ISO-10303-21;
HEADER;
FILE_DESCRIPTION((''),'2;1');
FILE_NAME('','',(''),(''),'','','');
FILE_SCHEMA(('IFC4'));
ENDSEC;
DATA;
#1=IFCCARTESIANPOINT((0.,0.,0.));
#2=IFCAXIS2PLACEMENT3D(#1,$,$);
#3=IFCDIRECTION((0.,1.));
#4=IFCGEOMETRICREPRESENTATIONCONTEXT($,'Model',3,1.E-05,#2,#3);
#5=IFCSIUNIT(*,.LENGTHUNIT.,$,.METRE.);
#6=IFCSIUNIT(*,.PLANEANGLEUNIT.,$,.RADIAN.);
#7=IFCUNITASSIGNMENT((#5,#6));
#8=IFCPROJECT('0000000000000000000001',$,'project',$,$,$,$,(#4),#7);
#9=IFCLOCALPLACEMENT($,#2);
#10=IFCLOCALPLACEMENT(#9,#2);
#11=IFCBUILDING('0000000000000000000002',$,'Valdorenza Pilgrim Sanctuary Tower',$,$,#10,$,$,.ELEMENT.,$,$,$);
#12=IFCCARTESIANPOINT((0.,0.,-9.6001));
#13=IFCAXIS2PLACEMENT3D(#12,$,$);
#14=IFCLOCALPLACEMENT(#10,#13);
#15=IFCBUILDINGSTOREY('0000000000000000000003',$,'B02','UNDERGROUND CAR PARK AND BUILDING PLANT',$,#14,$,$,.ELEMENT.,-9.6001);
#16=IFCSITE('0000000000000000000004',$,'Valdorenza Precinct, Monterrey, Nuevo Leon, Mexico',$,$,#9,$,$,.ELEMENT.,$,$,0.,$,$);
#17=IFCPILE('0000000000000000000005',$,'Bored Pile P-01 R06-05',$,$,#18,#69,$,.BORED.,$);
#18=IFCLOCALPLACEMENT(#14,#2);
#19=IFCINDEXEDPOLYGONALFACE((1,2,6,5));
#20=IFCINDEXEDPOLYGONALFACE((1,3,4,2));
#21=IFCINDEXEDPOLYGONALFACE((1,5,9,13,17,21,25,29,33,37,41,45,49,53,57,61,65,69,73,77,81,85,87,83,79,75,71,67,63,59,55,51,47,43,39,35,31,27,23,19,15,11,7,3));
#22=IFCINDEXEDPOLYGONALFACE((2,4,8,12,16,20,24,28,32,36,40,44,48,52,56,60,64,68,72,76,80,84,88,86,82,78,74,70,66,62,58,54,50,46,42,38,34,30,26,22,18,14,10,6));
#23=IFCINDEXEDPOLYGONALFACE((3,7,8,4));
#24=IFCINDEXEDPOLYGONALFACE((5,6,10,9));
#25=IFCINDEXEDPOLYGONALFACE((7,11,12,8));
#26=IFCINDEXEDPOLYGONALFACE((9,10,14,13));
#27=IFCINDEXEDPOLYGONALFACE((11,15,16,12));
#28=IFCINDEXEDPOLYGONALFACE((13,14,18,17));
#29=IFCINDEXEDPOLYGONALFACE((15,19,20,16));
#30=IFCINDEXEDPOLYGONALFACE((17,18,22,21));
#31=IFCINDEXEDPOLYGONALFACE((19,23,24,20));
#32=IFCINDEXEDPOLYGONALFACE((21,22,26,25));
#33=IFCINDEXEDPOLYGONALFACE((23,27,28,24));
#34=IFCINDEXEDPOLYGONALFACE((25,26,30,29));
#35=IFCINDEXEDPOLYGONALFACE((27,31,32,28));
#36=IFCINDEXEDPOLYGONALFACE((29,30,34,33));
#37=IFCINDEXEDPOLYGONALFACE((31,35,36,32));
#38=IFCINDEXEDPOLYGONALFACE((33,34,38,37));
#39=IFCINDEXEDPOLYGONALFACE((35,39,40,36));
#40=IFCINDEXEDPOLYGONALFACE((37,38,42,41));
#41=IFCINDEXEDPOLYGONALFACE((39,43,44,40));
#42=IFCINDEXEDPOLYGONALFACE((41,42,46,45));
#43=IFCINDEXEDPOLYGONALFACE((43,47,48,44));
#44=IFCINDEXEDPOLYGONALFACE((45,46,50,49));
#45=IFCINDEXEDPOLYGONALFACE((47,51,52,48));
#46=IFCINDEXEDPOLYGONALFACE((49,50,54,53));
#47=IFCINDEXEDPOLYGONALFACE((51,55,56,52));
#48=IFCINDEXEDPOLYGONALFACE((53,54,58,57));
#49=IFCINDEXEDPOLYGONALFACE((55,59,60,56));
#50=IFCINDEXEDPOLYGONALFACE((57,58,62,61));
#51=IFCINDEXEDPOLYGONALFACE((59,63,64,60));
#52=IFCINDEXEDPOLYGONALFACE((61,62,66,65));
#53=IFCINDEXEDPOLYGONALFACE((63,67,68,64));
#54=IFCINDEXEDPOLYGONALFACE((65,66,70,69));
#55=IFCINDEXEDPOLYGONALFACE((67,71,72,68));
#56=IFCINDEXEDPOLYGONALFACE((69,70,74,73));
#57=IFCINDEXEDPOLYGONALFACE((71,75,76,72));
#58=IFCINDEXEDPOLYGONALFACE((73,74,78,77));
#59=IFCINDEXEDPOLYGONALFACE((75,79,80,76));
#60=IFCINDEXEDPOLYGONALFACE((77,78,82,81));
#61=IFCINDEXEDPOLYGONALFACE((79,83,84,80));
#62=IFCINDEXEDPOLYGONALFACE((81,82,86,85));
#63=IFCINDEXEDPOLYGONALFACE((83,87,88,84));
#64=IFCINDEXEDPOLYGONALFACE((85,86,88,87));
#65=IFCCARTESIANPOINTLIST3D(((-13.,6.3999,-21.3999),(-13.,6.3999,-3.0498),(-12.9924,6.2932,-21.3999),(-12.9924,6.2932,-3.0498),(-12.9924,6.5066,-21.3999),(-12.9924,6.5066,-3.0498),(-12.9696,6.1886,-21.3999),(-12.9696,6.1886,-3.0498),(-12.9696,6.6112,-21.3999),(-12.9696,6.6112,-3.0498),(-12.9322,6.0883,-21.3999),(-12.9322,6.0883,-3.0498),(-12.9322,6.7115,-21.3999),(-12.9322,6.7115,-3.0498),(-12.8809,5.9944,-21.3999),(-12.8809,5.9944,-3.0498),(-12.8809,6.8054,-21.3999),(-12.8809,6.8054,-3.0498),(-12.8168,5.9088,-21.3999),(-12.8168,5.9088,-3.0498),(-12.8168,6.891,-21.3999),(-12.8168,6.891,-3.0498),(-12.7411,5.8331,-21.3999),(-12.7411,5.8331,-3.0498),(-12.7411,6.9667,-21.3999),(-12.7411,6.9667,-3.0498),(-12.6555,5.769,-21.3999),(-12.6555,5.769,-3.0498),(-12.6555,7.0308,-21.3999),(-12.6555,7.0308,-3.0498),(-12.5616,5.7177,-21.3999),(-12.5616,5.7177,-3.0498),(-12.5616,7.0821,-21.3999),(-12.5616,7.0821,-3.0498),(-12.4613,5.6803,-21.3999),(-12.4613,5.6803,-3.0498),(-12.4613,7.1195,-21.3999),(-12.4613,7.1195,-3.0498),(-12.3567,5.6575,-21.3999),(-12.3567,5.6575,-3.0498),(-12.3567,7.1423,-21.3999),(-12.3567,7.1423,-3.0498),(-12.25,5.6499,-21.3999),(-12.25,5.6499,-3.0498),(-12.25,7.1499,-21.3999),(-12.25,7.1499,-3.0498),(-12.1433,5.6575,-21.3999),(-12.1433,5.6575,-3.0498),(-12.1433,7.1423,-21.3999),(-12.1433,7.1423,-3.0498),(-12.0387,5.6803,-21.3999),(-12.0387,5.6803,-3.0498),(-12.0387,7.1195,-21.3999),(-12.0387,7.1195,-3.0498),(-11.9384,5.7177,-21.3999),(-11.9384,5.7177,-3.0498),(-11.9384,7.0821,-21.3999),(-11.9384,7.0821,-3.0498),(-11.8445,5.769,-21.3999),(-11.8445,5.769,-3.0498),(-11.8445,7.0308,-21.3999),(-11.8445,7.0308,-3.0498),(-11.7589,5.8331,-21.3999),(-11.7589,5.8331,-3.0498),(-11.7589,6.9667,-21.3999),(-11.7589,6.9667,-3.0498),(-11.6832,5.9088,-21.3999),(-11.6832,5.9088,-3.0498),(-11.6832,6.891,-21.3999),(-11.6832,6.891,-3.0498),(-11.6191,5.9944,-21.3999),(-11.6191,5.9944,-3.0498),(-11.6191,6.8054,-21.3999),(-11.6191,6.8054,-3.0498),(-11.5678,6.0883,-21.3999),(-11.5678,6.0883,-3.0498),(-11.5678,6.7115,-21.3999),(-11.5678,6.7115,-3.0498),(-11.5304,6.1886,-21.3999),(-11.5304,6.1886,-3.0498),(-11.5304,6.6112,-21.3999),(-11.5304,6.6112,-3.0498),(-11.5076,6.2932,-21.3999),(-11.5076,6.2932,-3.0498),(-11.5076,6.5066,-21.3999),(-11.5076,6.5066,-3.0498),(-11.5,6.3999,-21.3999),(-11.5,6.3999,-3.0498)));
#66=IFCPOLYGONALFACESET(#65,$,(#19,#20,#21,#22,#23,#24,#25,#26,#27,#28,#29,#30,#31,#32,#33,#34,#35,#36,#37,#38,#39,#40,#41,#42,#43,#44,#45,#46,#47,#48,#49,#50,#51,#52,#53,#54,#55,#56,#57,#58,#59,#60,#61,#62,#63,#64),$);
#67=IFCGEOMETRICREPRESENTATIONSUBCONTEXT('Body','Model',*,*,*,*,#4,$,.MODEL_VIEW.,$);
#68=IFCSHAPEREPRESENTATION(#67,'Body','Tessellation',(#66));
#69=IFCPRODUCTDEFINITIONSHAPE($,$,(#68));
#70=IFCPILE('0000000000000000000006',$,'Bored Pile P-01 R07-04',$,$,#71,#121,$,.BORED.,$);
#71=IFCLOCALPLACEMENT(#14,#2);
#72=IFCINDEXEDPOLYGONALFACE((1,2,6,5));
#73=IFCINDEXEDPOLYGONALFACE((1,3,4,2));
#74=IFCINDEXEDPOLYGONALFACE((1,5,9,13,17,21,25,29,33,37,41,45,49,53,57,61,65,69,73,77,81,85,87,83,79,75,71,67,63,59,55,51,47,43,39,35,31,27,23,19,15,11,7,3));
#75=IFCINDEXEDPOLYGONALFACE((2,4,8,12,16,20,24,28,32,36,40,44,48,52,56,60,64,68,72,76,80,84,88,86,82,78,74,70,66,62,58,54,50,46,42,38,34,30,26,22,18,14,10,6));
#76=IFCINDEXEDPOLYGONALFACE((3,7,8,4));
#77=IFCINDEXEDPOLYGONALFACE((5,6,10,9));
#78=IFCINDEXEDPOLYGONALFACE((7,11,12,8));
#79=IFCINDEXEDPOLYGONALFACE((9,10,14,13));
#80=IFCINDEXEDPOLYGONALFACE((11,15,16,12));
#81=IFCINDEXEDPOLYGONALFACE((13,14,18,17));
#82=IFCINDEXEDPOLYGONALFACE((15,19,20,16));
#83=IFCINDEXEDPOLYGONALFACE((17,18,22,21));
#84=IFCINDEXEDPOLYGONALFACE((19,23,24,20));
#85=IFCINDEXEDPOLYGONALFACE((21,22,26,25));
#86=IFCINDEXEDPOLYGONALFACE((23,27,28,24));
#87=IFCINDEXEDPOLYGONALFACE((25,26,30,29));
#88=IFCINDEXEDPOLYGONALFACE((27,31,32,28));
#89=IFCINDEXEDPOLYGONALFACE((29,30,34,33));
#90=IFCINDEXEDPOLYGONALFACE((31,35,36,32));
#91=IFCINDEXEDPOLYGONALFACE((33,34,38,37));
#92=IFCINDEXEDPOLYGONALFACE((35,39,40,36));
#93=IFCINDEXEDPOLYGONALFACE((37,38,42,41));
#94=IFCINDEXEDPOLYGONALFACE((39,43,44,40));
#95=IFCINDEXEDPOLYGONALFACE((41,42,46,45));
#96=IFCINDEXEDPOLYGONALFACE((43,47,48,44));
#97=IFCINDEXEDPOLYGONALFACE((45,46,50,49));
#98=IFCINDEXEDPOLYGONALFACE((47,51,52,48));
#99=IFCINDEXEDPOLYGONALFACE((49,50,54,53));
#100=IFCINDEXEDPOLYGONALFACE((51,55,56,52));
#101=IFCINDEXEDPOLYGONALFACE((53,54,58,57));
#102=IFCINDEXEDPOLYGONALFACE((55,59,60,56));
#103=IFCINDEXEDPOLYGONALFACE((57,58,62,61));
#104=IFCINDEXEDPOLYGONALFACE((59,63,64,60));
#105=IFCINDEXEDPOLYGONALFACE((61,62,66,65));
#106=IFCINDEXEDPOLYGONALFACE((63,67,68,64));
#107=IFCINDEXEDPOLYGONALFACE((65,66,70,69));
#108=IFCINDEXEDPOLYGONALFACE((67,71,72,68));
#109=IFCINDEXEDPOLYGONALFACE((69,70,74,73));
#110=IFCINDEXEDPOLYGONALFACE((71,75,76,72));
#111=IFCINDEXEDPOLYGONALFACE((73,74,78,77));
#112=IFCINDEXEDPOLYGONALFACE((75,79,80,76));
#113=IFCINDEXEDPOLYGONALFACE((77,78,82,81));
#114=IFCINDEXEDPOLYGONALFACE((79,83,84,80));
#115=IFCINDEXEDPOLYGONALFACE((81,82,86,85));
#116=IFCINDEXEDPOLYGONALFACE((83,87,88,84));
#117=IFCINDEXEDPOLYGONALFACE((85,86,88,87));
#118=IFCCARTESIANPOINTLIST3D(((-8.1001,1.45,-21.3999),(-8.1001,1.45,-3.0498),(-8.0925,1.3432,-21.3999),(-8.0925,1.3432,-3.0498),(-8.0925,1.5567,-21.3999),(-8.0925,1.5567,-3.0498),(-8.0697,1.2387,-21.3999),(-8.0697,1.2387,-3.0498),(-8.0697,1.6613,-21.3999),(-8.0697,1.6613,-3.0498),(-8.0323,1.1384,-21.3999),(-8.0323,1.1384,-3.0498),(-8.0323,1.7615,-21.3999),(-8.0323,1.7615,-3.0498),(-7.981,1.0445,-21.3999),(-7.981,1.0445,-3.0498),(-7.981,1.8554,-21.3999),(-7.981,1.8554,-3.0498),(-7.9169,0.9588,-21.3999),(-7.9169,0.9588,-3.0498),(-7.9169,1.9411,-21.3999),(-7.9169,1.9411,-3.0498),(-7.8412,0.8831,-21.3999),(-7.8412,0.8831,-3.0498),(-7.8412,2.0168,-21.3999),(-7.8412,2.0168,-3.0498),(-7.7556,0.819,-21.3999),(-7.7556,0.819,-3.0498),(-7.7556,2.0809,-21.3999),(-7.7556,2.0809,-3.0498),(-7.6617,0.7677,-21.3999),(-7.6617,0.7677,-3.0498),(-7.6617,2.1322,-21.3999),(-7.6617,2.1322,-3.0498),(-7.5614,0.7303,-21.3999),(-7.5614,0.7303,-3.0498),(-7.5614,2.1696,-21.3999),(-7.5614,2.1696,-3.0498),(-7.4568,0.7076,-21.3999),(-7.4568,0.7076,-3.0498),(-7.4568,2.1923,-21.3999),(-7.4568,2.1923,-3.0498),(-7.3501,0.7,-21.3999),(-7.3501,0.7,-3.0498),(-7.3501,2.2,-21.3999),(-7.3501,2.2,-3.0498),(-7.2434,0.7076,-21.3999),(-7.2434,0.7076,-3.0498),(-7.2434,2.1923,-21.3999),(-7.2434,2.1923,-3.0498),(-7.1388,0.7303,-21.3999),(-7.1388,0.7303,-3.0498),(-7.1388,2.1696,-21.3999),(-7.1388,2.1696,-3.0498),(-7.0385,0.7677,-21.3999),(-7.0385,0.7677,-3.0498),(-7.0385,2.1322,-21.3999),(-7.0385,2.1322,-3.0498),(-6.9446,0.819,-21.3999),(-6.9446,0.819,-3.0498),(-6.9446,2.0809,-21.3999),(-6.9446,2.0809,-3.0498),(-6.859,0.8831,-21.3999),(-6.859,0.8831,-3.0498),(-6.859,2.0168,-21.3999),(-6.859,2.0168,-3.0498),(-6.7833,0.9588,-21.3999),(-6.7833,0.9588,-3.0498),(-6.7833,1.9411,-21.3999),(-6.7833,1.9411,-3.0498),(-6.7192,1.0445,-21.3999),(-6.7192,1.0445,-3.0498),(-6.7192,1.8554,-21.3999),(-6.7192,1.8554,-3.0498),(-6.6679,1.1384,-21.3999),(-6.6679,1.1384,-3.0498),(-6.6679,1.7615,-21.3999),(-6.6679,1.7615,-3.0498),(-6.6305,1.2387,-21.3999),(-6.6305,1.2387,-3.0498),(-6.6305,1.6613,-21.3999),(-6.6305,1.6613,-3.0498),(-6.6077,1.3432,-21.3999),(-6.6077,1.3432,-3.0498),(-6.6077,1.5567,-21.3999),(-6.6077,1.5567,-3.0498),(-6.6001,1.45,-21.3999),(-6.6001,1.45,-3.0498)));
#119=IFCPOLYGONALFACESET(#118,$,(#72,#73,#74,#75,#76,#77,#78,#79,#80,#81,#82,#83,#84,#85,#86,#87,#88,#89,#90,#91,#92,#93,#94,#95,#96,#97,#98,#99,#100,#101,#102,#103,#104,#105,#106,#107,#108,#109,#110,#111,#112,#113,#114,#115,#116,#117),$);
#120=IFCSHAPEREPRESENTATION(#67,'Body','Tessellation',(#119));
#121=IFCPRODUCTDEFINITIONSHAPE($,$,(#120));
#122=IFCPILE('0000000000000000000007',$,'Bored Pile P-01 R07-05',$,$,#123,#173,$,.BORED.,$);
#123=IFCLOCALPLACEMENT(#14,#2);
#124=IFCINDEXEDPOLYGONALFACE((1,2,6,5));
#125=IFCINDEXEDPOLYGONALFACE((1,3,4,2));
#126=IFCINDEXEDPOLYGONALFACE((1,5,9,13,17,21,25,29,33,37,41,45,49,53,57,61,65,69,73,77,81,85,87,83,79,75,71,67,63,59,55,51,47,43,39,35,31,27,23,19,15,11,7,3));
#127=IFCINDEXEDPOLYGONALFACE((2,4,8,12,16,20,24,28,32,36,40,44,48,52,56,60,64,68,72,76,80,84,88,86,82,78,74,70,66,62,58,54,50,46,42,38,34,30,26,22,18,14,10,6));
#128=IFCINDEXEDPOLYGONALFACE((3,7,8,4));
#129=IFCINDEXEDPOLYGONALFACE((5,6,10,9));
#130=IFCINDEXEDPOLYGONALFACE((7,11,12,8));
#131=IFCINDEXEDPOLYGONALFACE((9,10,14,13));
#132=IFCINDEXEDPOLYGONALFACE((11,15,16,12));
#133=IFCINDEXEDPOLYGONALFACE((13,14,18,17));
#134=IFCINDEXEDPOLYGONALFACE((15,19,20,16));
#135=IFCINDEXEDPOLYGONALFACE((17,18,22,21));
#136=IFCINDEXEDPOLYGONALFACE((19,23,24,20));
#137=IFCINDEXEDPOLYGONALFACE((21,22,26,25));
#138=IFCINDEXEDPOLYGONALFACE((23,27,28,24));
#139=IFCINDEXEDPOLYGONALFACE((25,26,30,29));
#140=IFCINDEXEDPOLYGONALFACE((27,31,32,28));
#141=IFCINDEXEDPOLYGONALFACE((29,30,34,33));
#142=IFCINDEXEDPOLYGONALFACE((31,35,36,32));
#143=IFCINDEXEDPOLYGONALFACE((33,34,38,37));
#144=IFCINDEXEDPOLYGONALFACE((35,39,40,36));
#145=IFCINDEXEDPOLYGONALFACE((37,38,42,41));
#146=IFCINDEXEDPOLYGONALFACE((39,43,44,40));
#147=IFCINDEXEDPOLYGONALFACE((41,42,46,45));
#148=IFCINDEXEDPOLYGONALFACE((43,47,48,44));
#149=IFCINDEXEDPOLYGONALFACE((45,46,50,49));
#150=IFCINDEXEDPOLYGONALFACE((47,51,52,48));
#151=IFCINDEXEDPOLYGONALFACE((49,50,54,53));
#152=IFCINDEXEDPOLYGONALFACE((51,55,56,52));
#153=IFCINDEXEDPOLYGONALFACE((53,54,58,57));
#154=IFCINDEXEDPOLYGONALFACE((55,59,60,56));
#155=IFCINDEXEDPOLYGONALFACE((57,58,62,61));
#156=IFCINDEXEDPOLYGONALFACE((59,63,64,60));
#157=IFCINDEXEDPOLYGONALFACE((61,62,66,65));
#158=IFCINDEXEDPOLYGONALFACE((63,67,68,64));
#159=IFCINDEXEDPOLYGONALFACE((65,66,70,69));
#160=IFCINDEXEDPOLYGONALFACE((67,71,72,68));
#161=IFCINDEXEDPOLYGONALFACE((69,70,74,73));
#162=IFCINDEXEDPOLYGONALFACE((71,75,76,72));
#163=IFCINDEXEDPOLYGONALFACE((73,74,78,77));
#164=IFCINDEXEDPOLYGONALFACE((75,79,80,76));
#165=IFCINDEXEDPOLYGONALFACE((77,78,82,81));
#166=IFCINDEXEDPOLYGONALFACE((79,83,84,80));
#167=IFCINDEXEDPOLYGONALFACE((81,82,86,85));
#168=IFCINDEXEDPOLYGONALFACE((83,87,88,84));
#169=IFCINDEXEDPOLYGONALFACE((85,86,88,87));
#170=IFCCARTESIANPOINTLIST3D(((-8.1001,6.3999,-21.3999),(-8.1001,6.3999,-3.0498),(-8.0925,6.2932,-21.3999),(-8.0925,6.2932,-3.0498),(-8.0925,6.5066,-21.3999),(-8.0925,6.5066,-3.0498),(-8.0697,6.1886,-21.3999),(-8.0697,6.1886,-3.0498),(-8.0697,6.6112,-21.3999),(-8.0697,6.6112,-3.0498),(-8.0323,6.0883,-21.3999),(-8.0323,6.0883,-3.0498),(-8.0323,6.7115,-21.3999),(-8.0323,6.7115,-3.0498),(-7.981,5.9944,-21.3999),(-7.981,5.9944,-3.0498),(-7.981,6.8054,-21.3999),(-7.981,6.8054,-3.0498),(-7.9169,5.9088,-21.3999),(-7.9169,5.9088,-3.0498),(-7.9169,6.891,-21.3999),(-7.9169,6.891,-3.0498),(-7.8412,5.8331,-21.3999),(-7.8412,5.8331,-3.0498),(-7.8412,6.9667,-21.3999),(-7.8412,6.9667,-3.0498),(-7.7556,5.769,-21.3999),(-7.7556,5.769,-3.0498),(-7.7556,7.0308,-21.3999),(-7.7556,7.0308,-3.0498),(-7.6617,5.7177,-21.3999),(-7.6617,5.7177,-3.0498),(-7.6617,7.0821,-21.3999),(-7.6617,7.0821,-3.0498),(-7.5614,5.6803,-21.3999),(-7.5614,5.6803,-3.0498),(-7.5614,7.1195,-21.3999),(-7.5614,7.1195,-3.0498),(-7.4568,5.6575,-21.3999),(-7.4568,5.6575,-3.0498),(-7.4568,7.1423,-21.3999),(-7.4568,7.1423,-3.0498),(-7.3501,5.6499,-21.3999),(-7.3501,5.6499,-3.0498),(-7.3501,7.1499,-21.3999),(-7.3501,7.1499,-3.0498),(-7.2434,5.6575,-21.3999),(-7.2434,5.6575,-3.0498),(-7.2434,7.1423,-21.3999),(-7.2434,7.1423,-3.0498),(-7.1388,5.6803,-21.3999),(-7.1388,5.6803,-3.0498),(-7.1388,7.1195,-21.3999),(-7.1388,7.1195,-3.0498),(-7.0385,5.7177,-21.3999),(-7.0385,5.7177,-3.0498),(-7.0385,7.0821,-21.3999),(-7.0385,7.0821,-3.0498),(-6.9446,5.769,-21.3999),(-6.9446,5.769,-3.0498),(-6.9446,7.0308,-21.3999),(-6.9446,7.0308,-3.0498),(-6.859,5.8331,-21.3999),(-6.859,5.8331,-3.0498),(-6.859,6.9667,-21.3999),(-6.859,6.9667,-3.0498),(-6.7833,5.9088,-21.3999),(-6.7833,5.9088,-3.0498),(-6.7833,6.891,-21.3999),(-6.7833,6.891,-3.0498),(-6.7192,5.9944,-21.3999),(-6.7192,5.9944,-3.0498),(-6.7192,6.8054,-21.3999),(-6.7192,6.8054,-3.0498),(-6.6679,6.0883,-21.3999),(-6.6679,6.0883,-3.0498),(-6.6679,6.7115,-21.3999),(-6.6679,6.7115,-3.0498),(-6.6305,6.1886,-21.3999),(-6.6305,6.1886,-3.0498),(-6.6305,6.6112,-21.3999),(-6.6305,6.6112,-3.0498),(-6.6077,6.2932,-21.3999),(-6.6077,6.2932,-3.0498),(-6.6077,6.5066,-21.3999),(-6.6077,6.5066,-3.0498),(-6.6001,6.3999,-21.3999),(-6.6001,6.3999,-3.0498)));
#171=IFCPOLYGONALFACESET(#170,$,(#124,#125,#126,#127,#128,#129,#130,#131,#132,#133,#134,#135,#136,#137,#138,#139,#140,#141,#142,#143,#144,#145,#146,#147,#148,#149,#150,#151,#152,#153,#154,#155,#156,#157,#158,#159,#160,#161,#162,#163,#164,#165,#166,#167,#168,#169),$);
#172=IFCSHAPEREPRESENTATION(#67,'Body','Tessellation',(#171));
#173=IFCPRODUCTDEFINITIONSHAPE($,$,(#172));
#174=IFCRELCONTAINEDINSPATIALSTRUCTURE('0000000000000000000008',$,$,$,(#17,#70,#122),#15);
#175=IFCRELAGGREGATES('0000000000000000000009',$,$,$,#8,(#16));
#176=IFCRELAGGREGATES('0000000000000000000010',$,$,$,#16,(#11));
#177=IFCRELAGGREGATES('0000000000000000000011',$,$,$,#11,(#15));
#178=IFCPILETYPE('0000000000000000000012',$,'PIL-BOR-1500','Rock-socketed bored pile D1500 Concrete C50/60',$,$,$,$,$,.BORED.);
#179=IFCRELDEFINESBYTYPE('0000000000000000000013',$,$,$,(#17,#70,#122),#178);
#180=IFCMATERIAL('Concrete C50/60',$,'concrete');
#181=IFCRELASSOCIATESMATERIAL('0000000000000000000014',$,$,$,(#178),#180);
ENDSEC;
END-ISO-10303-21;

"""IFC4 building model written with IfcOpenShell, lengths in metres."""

from ifc_helpers import new_model, si_unit, direction, frame, origin, origin_2d, place, context, subcontext, project, spatial, circle, extrude, source, transform, mapped, material, material_profile, profile_set, type_object, element, save


model = new_model("IFC4")

# Units and contexts
model_context = context("Model", 3, precision=1e-05, world=origin(), true_north=direction((0.0, 1.0)))
body_context = subcontext(model_context, "Body", "Model", "MODEL_VIEW")
ifc_project = project(units=[si_unit("LENGTHUNIT", "METRE"), si_unit("PLANEANGLEUNIT", "RADIAN")], contexts=[model_context])

# Site, building, storey
site_placement = place(None, origin())
site = spatial("IfcSite", under=ifc_project, at=site_placement, Name="Valdorenza Precinct, Monterrey, Nuevo Leon, Mexico", CompositionType="ELEMENT", RefElevation=0.0)
building_placement = place(site_placement, origin())
building = spatial("IfcBuilding", under=site, at=building_placement, Name="Valdorenza Pilgrim Sanctuary Tower", CompositionType="ELEMENT")
storey_placement = place(building_placement, frame((0.0, 0.0, -9.6001)))
storey = spatial("IfcBuildingStorey", under=building, at=storey_placement, Name="B02", Description="UNDERGROUND CAR PARK AND BUILDING PLANT", CompositionType="ELEMENT", Elevation=-9.6001)

# Shared definitions
ifc_material_1 = material(Name="Concrete C50/60", Category="concrete")

# Piles
ifc_material_profile = material_profile(ifc_material_1, circle(Radius=0.75, at=origin_2d()), Name="BORED PILE 1500")
ifc_profile_set = profile_set([ifc_material_profile], Name="Concrete C50/60")
pile_type = type_object("IfcPileType", Name="PIL-BOR-1500", Description="Rock-socketed bored pile D1500 Concrete C50/60", PredefinedType="BORED", material=ifc_profile_set)
shared_shape_1 = source(origin(), body_context, "Body", "SweptSolid", [
    extrude(circle(Radius=0.75, at=origin_2d()), origin(), (0.0, 0.0, 1.0), 18.3501),
])
for number, where, z_axis, x_axis, name in (
    (1, (-12.25, 6.3999, -3.0498), (0.0, 0.0, -1.0), (1.0, 0.0, 0.0), "Bored Pile P-01 R06-05"),
    (2, (-7.3501, 1.45, -3.0498), (0.0, 0.0, -1.0), (1.0, 0.0, 0.0), "Bored Pile P-01 R07-04"),
    (3, (-7.3501, 6.3999, -3.0498), (0.0, 0.0, -1.0), (1.0, 0.0, 0.0), "Bored Pile P-01 R07-05"),
):
    element("IfcPile", number, at=place(storey_placement, frame(where, z_axis=z_axis, x_axis=x_axis)), inside=storey, type_object=pile_type, Name=name, PredefinedType="BORED", context=body_context, shape_type="MappedRepresentation", body=[
        mapped(shared_shape_1, transform((0.0, 0.0, 0.0), x_axis=(1.0, 0.0, 0.0), y_axis=(0.0, 1.0, 0.0), z_axis=(0.0, 0.0, 1.0), scale=1.0)),
    ])

save(model, "model.ifc")
